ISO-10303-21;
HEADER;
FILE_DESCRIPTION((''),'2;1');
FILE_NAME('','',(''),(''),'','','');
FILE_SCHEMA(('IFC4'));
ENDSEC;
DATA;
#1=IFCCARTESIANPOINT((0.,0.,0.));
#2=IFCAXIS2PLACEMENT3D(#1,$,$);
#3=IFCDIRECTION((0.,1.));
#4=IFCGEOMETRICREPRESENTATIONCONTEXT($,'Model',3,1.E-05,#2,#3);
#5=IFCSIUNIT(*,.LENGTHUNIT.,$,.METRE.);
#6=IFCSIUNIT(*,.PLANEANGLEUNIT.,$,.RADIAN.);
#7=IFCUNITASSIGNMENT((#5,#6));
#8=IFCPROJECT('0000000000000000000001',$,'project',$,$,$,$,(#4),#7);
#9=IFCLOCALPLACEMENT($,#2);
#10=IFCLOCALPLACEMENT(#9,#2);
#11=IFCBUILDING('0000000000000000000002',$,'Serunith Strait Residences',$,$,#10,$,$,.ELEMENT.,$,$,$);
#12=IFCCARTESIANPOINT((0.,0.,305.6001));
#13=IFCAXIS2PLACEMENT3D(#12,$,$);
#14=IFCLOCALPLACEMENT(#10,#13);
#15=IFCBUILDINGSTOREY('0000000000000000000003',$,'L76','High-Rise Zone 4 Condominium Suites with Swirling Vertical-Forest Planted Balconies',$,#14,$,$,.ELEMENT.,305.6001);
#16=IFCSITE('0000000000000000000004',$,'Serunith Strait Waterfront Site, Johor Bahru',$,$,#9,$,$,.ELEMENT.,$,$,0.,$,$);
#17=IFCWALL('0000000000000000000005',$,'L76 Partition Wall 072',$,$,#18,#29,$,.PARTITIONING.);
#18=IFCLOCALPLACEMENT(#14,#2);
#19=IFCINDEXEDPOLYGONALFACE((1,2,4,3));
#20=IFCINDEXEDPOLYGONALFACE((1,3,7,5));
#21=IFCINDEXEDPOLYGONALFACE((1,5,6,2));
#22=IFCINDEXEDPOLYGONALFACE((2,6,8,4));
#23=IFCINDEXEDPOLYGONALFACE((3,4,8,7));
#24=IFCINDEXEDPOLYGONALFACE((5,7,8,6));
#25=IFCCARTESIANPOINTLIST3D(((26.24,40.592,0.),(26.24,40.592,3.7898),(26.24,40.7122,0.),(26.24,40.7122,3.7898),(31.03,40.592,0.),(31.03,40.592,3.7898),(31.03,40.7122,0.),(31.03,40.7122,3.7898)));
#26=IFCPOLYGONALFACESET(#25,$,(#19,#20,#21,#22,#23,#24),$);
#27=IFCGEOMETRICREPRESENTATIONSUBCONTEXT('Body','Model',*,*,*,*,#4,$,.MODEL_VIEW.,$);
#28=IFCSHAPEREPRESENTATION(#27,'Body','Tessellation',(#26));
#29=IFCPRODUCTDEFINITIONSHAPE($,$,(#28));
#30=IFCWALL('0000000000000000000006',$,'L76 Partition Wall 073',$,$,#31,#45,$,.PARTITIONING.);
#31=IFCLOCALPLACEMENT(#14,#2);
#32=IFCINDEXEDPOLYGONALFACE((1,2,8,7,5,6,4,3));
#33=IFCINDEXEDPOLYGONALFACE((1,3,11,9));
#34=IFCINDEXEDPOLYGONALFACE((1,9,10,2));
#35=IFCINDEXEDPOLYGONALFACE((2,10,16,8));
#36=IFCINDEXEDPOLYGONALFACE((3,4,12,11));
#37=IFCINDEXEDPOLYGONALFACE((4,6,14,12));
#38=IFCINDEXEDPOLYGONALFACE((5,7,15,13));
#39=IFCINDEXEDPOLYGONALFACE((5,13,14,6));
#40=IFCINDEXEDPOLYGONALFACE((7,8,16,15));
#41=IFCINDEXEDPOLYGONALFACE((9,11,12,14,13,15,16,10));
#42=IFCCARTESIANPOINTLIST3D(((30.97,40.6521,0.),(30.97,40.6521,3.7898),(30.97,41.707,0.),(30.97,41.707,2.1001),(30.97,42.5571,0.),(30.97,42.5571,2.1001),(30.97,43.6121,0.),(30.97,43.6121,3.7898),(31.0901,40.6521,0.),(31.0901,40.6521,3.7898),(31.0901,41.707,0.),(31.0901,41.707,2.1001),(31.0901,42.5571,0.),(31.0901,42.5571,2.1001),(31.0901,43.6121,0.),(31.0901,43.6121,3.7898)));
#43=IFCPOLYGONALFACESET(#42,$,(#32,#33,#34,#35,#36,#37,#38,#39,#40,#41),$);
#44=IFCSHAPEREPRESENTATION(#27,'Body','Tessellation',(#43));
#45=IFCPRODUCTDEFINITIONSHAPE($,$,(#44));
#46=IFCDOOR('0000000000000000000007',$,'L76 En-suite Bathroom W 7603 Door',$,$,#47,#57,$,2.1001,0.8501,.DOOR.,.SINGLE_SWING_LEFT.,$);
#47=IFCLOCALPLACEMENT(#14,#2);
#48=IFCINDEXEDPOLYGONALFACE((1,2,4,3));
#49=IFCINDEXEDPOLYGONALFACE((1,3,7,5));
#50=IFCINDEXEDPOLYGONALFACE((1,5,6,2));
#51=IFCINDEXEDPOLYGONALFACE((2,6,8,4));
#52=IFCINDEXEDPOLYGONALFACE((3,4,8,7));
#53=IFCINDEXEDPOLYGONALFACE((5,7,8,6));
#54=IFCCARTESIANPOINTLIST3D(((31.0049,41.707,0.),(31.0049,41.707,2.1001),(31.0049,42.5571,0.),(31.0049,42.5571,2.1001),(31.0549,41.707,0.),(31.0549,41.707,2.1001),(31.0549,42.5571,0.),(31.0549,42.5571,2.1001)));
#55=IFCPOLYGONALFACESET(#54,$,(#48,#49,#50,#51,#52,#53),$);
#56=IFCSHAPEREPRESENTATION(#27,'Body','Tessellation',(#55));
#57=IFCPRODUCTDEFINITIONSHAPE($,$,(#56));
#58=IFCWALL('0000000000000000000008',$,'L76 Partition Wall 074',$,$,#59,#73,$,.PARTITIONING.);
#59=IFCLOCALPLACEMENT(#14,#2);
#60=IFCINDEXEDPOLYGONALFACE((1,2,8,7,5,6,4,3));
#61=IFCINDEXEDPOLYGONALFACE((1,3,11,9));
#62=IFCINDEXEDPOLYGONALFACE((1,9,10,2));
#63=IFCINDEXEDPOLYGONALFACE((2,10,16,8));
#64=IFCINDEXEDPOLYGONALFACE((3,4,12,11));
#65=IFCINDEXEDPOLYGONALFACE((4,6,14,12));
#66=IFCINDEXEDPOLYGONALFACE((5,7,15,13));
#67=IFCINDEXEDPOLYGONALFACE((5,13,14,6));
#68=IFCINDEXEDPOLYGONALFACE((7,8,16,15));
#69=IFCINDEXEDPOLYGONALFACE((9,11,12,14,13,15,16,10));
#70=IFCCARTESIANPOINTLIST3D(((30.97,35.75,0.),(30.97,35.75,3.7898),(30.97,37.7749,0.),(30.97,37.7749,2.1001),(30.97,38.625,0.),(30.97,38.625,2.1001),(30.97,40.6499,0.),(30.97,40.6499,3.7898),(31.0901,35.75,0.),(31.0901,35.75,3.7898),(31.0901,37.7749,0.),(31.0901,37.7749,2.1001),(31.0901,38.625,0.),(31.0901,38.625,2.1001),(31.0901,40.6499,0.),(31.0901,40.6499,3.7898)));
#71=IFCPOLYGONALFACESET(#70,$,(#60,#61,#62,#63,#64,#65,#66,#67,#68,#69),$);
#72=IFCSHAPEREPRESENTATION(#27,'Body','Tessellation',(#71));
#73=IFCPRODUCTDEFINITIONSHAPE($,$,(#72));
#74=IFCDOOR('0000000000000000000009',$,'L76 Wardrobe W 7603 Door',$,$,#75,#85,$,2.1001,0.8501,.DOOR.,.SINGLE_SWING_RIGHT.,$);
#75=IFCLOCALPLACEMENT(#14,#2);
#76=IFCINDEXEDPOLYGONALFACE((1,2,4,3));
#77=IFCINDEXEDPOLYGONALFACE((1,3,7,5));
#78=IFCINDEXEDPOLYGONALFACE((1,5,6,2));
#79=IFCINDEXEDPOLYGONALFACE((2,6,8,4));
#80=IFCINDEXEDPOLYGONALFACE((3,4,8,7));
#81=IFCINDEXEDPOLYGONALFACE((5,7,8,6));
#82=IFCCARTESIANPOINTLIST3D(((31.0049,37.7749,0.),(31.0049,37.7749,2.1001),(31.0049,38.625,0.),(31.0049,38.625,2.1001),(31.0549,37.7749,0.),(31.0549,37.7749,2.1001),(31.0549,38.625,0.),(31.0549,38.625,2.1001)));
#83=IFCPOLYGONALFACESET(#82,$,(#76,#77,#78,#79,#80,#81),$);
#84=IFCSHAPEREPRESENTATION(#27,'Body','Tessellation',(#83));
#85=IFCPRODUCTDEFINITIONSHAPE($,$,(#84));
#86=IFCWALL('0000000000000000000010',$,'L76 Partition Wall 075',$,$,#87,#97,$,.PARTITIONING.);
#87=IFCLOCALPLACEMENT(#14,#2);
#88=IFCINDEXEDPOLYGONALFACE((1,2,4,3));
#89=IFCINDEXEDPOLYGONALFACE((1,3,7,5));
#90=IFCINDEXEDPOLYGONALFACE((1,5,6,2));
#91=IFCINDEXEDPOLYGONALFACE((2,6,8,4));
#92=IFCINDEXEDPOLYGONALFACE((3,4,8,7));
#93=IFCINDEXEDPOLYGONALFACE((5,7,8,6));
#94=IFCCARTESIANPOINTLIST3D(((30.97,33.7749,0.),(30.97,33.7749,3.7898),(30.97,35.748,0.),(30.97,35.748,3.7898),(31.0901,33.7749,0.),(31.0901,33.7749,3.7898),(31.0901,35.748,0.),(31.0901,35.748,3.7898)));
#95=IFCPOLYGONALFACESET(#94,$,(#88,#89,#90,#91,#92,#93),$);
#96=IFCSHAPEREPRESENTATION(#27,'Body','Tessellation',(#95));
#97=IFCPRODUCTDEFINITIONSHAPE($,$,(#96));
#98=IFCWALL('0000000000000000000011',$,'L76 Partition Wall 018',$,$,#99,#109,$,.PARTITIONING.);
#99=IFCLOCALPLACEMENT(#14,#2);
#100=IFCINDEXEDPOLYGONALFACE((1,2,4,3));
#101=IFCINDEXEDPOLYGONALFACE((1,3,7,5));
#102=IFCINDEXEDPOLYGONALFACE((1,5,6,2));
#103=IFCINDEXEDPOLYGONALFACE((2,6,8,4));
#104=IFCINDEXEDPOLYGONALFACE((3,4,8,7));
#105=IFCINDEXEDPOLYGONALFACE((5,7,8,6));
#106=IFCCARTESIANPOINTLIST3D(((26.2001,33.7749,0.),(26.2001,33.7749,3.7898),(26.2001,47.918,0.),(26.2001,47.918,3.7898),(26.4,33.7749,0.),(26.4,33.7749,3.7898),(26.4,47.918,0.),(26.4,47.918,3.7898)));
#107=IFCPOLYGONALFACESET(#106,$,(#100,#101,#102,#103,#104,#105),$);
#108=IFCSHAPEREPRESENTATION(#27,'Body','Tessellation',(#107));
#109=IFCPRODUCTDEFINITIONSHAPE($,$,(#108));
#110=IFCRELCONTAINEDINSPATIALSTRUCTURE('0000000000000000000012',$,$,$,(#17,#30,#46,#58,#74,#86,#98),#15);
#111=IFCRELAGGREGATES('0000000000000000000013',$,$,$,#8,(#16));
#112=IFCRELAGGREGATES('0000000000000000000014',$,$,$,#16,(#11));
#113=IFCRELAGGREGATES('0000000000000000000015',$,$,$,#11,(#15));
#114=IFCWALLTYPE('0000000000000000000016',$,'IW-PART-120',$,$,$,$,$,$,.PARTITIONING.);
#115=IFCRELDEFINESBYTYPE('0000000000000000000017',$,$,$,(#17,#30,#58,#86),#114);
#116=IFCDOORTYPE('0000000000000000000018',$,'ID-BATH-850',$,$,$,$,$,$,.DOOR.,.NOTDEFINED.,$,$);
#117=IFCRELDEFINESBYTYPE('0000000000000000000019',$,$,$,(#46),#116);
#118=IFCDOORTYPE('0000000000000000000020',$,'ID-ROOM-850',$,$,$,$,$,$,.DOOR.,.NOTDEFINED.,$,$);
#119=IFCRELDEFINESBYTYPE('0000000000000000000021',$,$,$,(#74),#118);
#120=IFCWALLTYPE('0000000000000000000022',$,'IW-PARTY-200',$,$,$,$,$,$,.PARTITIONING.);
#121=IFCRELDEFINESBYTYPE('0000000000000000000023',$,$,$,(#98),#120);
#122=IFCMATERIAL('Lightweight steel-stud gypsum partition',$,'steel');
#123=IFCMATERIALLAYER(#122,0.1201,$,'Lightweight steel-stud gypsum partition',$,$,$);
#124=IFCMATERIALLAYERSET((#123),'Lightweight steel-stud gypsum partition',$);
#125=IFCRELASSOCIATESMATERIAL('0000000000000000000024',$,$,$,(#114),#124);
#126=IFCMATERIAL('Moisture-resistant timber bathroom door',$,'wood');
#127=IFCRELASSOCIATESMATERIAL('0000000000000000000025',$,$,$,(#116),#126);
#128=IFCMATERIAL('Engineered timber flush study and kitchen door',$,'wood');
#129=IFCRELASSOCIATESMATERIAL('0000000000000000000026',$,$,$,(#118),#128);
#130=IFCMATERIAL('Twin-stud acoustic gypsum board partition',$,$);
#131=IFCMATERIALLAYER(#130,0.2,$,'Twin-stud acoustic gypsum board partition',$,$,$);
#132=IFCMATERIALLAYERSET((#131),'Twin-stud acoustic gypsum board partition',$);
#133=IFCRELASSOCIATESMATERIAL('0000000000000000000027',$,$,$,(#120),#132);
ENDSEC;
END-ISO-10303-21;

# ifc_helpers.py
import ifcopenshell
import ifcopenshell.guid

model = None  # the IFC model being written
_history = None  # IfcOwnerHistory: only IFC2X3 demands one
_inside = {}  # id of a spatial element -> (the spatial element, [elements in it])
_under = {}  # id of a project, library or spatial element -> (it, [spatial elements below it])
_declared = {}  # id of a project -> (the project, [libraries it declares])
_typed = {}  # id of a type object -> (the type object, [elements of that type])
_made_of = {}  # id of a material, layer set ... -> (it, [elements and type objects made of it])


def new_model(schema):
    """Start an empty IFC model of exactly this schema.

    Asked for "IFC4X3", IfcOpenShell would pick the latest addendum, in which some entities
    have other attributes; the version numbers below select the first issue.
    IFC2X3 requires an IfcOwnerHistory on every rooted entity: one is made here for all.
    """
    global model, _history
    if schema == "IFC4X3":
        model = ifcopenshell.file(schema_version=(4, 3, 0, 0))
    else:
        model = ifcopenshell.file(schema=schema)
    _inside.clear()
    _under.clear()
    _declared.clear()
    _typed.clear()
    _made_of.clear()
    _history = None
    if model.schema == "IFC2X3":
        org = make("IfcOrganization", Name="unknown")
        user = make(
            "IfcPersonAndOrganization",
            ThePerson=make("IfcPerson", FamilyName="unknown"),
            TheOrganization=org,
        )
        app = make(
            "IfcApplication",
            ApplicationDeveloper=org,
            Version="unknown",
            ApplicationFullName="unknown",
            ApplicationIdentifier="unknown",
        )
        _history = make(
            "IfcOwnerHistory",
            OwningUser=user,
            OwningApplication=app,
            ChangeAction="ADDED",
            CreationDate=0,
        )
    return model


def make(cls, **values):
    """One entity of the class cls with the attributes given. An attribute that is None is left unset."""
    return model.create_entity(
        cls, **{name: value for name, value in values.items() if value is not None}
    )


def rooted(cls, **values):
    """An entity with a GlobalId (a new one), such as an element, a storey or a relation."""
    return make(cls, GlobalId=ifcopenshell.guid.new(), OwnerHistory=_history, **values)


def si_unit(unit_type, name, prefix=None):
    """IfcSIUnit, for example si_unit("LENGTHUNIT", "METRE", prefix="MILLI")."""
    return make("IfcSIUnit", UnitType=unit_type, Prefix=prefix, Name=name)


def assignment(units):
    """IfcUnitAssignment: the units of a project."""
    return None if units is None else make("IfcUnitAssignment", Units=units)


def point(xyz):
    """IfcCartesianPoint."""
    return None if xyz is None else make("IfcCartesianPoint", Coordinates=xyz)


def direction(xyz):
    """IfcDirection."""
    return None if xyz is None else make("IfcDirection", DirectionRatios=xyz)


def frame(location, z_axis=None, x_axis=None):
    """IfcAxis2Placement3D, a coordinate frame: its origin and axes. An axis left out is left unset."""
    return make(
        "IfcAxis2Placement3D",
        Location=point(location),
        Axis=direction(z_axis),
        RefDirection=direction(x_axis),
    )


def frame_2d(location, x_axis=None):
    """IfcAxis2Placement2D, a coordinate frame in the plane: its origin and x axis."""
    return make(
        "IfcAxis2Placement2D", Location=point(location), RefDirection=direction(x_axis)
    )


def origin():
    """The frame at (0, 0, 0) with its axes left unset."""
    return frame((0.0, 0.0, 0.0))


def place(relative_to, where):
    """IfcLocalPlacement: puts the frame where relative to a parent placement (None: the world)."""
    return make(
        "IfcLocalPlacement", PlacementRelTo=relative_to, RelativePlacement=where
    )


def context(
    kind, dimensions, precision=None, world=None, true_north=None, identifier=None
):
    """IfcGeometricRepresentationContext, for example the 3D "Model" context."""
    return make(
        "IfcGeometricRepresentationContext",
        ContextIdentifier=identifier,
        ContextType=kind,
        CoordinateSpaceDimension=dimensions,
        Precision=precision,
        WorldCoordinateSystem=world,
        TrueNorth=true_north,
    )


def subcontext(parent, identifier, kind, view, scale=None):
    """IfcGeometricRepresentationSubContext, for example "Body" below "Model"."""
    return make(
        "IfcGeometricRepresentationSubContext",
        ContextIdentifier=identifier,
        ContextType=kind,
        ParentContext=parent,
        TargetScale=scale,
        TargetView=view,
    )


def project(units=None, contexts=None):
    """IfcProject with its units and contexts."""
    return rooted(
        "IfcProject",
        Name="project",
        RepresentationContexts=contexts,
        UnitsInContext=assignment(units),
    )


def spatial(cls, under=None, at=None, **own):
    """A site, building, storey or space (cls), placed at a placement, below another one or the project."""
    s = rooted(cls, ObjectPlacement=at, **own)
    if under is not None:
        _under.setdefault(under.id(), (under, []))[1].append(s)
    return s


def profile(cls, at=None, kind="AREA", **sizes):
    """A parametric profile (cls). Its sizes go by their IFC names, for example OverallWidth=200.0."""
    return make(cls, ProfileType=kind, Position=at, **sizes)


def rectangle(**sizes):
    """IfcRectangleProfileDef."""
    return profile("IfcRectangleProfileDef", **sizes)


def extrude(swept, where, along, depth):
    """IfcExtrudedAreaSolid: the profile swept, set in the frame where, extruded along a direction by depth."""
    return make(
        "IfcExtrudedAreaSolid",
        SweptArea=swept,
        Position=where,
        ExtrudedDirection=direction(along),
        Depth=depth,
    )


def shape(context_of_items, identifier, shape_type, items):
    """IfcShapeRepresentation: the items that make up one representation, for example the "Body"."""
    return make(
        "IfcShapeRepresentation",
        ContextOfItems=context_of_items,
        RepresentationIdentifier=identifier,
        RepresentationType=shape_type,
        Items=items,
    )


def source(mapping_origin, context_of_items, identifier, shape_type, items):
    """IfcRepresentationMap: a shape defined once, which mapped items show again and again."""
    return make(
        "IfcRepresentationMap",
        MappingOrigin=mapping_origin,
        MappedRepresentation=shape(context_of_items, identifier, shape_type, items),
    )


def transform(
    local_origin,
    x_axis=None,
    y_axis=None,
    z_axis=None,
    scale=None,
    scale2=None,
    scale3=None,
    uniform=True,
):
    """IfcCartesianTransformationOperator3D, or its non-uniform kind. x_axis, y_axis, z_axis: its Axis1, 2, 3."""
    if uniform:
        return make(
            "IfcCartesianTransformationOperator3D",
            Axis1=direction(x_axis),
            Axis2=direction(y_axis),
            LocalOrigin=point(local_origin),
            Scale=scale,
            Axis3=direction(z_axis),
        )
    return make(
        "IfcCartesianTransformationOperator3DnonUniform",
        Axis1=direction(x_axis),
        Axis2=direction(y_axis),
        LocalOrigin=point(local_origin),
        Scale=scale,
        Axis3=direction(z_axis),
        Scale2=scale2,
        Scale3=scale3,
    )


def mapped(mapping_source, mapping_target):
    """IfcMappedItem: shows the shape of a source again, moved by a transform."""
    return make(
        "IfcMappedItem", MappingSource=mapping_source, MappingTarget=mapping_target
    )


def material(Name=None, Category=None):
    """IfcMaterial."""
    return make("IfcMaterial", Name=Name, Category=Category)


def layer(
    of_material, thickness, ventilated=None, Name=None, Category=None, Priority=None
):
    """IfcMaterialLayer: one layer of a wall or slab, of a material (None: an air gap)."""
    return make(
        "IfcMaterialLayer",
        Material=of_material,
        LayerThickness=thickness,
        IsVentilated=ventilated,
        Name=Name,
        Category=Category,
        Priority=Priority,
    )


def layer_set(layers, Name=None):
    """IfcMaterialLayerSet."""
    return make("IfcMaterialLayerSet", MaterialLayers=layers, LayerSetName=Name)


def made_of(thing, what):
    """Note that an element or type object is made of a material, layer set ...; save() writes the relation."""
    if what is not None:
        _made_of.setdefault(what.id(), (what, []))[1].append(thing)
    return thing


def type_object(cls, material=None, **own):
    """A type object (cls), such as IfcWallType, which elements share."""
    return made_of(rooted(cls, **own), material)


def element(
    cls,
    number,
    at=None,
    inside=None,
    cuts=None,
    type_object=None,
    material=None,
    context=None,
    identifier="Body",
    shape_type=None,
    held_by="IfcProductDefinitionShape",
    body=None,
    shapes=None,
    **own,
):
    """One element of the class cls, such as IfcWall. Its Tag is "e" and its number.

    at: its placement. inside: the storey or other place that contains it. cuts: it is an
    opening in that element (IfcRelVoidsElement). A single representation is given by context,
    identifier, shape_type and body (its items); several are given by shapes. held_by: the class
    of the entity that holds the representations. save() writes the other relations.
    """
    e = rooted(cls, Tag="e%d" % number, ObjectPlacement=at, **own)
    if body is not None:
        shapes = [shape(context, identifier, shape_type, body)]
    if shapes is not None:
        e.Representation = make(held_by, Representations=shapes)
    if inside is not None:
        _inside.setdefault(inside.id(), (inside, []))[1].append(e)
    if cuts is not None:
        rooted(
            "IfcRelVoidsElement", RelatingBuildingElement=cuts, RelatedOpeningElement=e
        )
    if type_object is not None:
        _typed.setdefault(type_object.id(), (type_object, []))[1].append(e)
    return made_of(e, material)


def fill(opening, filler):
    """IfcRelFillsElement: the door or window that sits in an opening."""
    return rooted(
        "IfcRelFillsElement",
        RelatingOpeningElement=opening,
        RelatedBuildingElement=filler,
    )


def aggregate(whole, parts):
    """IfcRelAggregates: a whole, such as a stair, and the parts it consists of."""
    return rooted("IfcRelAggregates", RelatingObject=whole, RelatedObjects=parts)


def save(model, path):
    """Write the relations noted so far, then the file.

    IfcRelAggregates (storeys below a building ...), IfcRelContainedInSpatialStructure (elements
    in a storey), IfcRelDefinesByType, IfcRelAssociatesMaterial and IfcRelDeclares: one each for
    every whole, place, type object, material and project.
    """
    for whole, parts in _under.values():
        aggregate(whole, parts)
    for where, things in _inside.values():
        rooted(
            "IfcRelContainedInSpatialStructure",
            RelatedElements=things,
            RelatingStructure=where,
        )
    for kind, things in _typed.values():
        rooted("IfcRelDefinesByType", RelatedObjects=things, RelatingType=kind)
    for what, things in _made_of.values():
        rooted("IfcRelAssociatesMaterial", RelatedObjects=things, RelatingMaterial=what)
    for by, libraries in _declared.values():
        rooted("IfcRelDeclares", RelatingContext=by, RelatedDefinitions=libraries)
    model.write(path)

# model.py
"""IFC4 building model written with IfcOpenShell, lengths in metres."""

from ifc_helpers import new_model, si_unit, direction, frame, frame_2d, origin, place, context, subcontext, project, spatial, rectangle, extrude, source, transform, mapped, material, layer, layer_set, type_object, element, fill, save


model = new_model("IFC4")

# Units and contexts
model_context = context("Model", 3, precision=1e-05, world=origin(), true_north=direction((0.0, 1.0)))
body_context = subcontext(model_context, "Body", "Model", "MODEL_VIEW")
ifc_project = project(units=[si_unit("LENGTHUNIT", "METRE"), si_unit("PLANEANGLEUNIT", "RADIAN")], contexts=[model_context])

# Site, building, storey
site_placement = place(None, origin())
site = spatial("IfcSite", under=ifc_project, at=site_placement, Name="Serunith Strait Waterfront Site, Johor Bahru", CompositionType="ELEMENT", RefElevation=0.0)
building_placement = place(site_placement, origin())
building = spatial("IfcBuilding", under=site, at=building_placement, Name="Serunith Strait Residences", CompositionType="ELEMENT")
storey_placement = place(building_placement, frame((0.0, 0.0, 305.6001)))
storey = spatial("IfcBuildingStorey", under=building, at=storey_placement, Name="L76", Description="High-Rise Zone 4 Condominium Suites with Swirling Vertical-Forest Planted Balconies", CompositionType="ELEMENT", Elevation=305.6001)

# Shared definitions
ifc_material_1 = material(Name="Lightweight steel-stud gypsum partition", Category="steel")
ifc_layer_1 = layer(ifc_material_1, 0.1201, Name="Lightweight steel-stud gypsum partition")
ifc_layer_set_1 = layer_set([ifc_layer_1], Name="Lightweight steel-stud gypsum partition")
wall_type_1 = type_object("IfcWallType", Name="IW-PART-120", PredefinedType="PARTITIONING", material=ifc_layer_set_1)

# Wall
for number, where, z_axis, x_axis, name in (
    (1, (26.24, 40.6521, 0.0), (0.0, 0.0, 1.0), (1.0, 0.0, 0.0), "L76 Partition Wall 072"),
):
    element("IfcWall", number, at=place(storey_placement, frame(where, z_axis=z_axis, x_axis=x_axis)), inside=storey, type_object=wall_type_1, Name=name, PredefinedType="PARTITIONING", context=body_context, shape_type="SweptSolid", body=[
        extrude(rectangle(XDim=4.79, YDim=0.1201, at=frame_2d((2.395, 0.0))), origin(), (0.0, 0.0, 1.0), 3.7898),
    ])

# Walls, openings, doors
wall_1_placement = place(storey_placement, frame((31.03, 43.6121, 0.0), z_axis=(0.0, 0.0, 1.0), x_axis=(0.0, -1.0, 0.0)))
wall_1 = element("IfcWall", 2, at=wall_1_placement, inside=storey, type_object=wall_type_1, Name="L76 Partition Wall 073", PredefinedType="PARTITIONING", context=body_context, shape_type="SweptSolid", body=[
    extrude(rectangle(XDim=2.96, YDim=0.1201, at=frame_2d((1.48, 0.0))), origin(), (0.0, 0.0, 1.0), 3.7898),
])
opening_1_placement = place(wall_1_placement, frame((1.0549, 0.0, 0.0)))
opening_1 = element("IfcOpeningElement", 3, at=opening_1_placement, cuts=wall_1, PredefinedType="OPENING", context=body_context, shape_type="SweptSolid", body=[
    extrude(rectangle(XDim=0.8501, YDim=2.1001, at=frame_2d((0.425, 1.05))), frame((0.0, 0.0701, 0.0), z_axis=(0.0, -1.0, 0.0), x_axis=(1.0, 0.0, 0.0)), (0.0, 0.0, 1.0), 0.1401),
])
ifc_material_2 = material(Name="Moisture-resistant timber bathroom door", Category="wood")
door_type_1 = type_object("IfcDoorType", Name="ID-BATH-850", OperationType="NOTDEFINED", PredefinedType="DOOR", material=ifc_material_2)
shared_shape_1 = source(origin(), body_context, "Body", "SweptSolid", [
    extrude(rectangle(XDim=0.8501, YDim=2.1001, at=frame_2d((0.425, 1.05))), frame((0.0, 0.0249, 0.0), z_axis=(0.0, -1.0, 0.0), x_axis=(1.0, 0.0, 0.0)), (0.0, 0.0, 1.0), 0.05),
])
door_1_placement = place(opening_1_placement, origin())
door_1 = element("IfcDoor", 4, at=door_1_placement, inside=storey, type_object=door_type_1, Name="L76 En-suite Bathroom W 7603 Door", OperationType="SINGLE_SWING_LEFT", OverallHeight=2.1001, OverallWidth=0.8501, PredefinedType="DOOR", context=body_context, shape_type="MappedRepresentation", body=[
    mapped(shared_shape_1, transform((0.0, 0.0, 0.0), scale=1.0)),
])
fill(opening_1, door_1)
wall_2_placement = place(storey_placement, frame((31.03, 40.6499, 0.0), z_axis=(0.0, 0.0, 1.0), x_axis=(0.0, -1.0, 0.0)))
wall_2 = element("IfcWall", 5, at=wall_2_placement, inside=storey, type_object=wall_type_1, Name="L76 Partition Wall 074", PredefinedType="PARTITIONING", context=body_context, shape_type="SweptSolid", body=[
    extrude(rectangle(XDim=4.8999, YDim=0.1201, at=frame_2d((2.45, 0.0))), origin(), (0.0, 0.0, 1.0), 3.7898),
])
opening_2_placement = place(wall_2_placement, frame((2.0249, 0.0, 0.0)))
opening_2 = element("IfcOpeningElement", 6, at=opening_2_placement, cuts=wall_2, PredefinedType="OPENING", context=body_context, shape_type="SweptSolid", body=[
    extrude(rectangle(XDim=0.8501, YDim=2.1001, at=frame_2d((0.425, 1.05))), frame((0.0, 0.0701, 0.0), z_axis=(0.0, -1.0, 0.0), x_axis=(1.0, 0.0, 0.0)), (0.0, 0.0, 1.0), 0.1401),
])
ifc_material_3 = material(Name="Engineered timber flush study and kitchen door", Category="wood")
door_type_2 = type_object("IfcDoorType", Name="ID-ROOM-850", OperationType="NOTDEFINED", PredefinedType="DOOR", material=ifc_material_3)
door_2_placement = place(opening_2_placement, origin())
door_2 = element("IfcDoor", 7, at=door_2_placement, inside=storey, type_object=door_type_2, Name="L76 Wardrobe W 7603 Door", OperationType="SINGLE_SWING_RIGHT", OverallHeight=2.1001, OverallWidth=0.8501, PredefinedType="DOOR", context=body_context, shape_type="MappedRepresentation", body=[
    mapped(shared_shape_1, transform((0.0, 0.0, 0.0), scale=1.0)),
])
fill(opening_2, door_2)

# Walls
wall_3_placement = place(storey_placement, frame((31.03, 35.748, 0.0), z_axis=(0.0, 0.0, 1.0), x_axis=(0.0, -1.0, 0.0)))
element("IfcWall", 8, at=wall_3_placement, inside=storey, type_object=wall_type_1, Name="L76 Partition Wall 075", PredefinedType="PARTITIONING", context=body_context, shape_type="SweptSolid", body=[
    extrude(rectangle(XDim=1.9731, YDim=0.1201, at=frame_2d((0.9866, 0.0))), origin(), (0.0, 0.0, 1.0), 3.7898),
])
ifc_material_4 = material(Name="Twin-stud acoustic gypsum board partition")
ifc_layer_2 = layer(ifc_material_4, 0.2, Name="Twin-stud acoustic gypsum board partition")
ifc_layer_set_2 = layer_set([ifc_layer_2], Name="Twin-stud acoustic gypsum board partition")
wall_type_2 = type_object("IfcWallType", Name="IW-PARTY-200", PredefinedType="PARTITIONING", material=ifc_layer_set_2)
wall_4_placement = place(storey_placement, frame((26.3, 33.7749, 0.0), z_axis=(0.0, 0.0, 1.0), x_axis=(0.0, 1.0, 0.0)))
element("IfcWall", 9, at=wall_4_placement, inside=storey, type_object=wall_type_2, Name="L76 Partition Wall 018", PredefinedType="PARTITIONING", context=body_context, shape_type="SweptSolid", body=[
    extrude(rectangle(XDim=14.1431, YDim=0.2, at=frame_2d((7.0715, 0.0))), origin(), (0.0, 0.0, 1.0), 3.7898),
])

save(model, "model.ifc")
